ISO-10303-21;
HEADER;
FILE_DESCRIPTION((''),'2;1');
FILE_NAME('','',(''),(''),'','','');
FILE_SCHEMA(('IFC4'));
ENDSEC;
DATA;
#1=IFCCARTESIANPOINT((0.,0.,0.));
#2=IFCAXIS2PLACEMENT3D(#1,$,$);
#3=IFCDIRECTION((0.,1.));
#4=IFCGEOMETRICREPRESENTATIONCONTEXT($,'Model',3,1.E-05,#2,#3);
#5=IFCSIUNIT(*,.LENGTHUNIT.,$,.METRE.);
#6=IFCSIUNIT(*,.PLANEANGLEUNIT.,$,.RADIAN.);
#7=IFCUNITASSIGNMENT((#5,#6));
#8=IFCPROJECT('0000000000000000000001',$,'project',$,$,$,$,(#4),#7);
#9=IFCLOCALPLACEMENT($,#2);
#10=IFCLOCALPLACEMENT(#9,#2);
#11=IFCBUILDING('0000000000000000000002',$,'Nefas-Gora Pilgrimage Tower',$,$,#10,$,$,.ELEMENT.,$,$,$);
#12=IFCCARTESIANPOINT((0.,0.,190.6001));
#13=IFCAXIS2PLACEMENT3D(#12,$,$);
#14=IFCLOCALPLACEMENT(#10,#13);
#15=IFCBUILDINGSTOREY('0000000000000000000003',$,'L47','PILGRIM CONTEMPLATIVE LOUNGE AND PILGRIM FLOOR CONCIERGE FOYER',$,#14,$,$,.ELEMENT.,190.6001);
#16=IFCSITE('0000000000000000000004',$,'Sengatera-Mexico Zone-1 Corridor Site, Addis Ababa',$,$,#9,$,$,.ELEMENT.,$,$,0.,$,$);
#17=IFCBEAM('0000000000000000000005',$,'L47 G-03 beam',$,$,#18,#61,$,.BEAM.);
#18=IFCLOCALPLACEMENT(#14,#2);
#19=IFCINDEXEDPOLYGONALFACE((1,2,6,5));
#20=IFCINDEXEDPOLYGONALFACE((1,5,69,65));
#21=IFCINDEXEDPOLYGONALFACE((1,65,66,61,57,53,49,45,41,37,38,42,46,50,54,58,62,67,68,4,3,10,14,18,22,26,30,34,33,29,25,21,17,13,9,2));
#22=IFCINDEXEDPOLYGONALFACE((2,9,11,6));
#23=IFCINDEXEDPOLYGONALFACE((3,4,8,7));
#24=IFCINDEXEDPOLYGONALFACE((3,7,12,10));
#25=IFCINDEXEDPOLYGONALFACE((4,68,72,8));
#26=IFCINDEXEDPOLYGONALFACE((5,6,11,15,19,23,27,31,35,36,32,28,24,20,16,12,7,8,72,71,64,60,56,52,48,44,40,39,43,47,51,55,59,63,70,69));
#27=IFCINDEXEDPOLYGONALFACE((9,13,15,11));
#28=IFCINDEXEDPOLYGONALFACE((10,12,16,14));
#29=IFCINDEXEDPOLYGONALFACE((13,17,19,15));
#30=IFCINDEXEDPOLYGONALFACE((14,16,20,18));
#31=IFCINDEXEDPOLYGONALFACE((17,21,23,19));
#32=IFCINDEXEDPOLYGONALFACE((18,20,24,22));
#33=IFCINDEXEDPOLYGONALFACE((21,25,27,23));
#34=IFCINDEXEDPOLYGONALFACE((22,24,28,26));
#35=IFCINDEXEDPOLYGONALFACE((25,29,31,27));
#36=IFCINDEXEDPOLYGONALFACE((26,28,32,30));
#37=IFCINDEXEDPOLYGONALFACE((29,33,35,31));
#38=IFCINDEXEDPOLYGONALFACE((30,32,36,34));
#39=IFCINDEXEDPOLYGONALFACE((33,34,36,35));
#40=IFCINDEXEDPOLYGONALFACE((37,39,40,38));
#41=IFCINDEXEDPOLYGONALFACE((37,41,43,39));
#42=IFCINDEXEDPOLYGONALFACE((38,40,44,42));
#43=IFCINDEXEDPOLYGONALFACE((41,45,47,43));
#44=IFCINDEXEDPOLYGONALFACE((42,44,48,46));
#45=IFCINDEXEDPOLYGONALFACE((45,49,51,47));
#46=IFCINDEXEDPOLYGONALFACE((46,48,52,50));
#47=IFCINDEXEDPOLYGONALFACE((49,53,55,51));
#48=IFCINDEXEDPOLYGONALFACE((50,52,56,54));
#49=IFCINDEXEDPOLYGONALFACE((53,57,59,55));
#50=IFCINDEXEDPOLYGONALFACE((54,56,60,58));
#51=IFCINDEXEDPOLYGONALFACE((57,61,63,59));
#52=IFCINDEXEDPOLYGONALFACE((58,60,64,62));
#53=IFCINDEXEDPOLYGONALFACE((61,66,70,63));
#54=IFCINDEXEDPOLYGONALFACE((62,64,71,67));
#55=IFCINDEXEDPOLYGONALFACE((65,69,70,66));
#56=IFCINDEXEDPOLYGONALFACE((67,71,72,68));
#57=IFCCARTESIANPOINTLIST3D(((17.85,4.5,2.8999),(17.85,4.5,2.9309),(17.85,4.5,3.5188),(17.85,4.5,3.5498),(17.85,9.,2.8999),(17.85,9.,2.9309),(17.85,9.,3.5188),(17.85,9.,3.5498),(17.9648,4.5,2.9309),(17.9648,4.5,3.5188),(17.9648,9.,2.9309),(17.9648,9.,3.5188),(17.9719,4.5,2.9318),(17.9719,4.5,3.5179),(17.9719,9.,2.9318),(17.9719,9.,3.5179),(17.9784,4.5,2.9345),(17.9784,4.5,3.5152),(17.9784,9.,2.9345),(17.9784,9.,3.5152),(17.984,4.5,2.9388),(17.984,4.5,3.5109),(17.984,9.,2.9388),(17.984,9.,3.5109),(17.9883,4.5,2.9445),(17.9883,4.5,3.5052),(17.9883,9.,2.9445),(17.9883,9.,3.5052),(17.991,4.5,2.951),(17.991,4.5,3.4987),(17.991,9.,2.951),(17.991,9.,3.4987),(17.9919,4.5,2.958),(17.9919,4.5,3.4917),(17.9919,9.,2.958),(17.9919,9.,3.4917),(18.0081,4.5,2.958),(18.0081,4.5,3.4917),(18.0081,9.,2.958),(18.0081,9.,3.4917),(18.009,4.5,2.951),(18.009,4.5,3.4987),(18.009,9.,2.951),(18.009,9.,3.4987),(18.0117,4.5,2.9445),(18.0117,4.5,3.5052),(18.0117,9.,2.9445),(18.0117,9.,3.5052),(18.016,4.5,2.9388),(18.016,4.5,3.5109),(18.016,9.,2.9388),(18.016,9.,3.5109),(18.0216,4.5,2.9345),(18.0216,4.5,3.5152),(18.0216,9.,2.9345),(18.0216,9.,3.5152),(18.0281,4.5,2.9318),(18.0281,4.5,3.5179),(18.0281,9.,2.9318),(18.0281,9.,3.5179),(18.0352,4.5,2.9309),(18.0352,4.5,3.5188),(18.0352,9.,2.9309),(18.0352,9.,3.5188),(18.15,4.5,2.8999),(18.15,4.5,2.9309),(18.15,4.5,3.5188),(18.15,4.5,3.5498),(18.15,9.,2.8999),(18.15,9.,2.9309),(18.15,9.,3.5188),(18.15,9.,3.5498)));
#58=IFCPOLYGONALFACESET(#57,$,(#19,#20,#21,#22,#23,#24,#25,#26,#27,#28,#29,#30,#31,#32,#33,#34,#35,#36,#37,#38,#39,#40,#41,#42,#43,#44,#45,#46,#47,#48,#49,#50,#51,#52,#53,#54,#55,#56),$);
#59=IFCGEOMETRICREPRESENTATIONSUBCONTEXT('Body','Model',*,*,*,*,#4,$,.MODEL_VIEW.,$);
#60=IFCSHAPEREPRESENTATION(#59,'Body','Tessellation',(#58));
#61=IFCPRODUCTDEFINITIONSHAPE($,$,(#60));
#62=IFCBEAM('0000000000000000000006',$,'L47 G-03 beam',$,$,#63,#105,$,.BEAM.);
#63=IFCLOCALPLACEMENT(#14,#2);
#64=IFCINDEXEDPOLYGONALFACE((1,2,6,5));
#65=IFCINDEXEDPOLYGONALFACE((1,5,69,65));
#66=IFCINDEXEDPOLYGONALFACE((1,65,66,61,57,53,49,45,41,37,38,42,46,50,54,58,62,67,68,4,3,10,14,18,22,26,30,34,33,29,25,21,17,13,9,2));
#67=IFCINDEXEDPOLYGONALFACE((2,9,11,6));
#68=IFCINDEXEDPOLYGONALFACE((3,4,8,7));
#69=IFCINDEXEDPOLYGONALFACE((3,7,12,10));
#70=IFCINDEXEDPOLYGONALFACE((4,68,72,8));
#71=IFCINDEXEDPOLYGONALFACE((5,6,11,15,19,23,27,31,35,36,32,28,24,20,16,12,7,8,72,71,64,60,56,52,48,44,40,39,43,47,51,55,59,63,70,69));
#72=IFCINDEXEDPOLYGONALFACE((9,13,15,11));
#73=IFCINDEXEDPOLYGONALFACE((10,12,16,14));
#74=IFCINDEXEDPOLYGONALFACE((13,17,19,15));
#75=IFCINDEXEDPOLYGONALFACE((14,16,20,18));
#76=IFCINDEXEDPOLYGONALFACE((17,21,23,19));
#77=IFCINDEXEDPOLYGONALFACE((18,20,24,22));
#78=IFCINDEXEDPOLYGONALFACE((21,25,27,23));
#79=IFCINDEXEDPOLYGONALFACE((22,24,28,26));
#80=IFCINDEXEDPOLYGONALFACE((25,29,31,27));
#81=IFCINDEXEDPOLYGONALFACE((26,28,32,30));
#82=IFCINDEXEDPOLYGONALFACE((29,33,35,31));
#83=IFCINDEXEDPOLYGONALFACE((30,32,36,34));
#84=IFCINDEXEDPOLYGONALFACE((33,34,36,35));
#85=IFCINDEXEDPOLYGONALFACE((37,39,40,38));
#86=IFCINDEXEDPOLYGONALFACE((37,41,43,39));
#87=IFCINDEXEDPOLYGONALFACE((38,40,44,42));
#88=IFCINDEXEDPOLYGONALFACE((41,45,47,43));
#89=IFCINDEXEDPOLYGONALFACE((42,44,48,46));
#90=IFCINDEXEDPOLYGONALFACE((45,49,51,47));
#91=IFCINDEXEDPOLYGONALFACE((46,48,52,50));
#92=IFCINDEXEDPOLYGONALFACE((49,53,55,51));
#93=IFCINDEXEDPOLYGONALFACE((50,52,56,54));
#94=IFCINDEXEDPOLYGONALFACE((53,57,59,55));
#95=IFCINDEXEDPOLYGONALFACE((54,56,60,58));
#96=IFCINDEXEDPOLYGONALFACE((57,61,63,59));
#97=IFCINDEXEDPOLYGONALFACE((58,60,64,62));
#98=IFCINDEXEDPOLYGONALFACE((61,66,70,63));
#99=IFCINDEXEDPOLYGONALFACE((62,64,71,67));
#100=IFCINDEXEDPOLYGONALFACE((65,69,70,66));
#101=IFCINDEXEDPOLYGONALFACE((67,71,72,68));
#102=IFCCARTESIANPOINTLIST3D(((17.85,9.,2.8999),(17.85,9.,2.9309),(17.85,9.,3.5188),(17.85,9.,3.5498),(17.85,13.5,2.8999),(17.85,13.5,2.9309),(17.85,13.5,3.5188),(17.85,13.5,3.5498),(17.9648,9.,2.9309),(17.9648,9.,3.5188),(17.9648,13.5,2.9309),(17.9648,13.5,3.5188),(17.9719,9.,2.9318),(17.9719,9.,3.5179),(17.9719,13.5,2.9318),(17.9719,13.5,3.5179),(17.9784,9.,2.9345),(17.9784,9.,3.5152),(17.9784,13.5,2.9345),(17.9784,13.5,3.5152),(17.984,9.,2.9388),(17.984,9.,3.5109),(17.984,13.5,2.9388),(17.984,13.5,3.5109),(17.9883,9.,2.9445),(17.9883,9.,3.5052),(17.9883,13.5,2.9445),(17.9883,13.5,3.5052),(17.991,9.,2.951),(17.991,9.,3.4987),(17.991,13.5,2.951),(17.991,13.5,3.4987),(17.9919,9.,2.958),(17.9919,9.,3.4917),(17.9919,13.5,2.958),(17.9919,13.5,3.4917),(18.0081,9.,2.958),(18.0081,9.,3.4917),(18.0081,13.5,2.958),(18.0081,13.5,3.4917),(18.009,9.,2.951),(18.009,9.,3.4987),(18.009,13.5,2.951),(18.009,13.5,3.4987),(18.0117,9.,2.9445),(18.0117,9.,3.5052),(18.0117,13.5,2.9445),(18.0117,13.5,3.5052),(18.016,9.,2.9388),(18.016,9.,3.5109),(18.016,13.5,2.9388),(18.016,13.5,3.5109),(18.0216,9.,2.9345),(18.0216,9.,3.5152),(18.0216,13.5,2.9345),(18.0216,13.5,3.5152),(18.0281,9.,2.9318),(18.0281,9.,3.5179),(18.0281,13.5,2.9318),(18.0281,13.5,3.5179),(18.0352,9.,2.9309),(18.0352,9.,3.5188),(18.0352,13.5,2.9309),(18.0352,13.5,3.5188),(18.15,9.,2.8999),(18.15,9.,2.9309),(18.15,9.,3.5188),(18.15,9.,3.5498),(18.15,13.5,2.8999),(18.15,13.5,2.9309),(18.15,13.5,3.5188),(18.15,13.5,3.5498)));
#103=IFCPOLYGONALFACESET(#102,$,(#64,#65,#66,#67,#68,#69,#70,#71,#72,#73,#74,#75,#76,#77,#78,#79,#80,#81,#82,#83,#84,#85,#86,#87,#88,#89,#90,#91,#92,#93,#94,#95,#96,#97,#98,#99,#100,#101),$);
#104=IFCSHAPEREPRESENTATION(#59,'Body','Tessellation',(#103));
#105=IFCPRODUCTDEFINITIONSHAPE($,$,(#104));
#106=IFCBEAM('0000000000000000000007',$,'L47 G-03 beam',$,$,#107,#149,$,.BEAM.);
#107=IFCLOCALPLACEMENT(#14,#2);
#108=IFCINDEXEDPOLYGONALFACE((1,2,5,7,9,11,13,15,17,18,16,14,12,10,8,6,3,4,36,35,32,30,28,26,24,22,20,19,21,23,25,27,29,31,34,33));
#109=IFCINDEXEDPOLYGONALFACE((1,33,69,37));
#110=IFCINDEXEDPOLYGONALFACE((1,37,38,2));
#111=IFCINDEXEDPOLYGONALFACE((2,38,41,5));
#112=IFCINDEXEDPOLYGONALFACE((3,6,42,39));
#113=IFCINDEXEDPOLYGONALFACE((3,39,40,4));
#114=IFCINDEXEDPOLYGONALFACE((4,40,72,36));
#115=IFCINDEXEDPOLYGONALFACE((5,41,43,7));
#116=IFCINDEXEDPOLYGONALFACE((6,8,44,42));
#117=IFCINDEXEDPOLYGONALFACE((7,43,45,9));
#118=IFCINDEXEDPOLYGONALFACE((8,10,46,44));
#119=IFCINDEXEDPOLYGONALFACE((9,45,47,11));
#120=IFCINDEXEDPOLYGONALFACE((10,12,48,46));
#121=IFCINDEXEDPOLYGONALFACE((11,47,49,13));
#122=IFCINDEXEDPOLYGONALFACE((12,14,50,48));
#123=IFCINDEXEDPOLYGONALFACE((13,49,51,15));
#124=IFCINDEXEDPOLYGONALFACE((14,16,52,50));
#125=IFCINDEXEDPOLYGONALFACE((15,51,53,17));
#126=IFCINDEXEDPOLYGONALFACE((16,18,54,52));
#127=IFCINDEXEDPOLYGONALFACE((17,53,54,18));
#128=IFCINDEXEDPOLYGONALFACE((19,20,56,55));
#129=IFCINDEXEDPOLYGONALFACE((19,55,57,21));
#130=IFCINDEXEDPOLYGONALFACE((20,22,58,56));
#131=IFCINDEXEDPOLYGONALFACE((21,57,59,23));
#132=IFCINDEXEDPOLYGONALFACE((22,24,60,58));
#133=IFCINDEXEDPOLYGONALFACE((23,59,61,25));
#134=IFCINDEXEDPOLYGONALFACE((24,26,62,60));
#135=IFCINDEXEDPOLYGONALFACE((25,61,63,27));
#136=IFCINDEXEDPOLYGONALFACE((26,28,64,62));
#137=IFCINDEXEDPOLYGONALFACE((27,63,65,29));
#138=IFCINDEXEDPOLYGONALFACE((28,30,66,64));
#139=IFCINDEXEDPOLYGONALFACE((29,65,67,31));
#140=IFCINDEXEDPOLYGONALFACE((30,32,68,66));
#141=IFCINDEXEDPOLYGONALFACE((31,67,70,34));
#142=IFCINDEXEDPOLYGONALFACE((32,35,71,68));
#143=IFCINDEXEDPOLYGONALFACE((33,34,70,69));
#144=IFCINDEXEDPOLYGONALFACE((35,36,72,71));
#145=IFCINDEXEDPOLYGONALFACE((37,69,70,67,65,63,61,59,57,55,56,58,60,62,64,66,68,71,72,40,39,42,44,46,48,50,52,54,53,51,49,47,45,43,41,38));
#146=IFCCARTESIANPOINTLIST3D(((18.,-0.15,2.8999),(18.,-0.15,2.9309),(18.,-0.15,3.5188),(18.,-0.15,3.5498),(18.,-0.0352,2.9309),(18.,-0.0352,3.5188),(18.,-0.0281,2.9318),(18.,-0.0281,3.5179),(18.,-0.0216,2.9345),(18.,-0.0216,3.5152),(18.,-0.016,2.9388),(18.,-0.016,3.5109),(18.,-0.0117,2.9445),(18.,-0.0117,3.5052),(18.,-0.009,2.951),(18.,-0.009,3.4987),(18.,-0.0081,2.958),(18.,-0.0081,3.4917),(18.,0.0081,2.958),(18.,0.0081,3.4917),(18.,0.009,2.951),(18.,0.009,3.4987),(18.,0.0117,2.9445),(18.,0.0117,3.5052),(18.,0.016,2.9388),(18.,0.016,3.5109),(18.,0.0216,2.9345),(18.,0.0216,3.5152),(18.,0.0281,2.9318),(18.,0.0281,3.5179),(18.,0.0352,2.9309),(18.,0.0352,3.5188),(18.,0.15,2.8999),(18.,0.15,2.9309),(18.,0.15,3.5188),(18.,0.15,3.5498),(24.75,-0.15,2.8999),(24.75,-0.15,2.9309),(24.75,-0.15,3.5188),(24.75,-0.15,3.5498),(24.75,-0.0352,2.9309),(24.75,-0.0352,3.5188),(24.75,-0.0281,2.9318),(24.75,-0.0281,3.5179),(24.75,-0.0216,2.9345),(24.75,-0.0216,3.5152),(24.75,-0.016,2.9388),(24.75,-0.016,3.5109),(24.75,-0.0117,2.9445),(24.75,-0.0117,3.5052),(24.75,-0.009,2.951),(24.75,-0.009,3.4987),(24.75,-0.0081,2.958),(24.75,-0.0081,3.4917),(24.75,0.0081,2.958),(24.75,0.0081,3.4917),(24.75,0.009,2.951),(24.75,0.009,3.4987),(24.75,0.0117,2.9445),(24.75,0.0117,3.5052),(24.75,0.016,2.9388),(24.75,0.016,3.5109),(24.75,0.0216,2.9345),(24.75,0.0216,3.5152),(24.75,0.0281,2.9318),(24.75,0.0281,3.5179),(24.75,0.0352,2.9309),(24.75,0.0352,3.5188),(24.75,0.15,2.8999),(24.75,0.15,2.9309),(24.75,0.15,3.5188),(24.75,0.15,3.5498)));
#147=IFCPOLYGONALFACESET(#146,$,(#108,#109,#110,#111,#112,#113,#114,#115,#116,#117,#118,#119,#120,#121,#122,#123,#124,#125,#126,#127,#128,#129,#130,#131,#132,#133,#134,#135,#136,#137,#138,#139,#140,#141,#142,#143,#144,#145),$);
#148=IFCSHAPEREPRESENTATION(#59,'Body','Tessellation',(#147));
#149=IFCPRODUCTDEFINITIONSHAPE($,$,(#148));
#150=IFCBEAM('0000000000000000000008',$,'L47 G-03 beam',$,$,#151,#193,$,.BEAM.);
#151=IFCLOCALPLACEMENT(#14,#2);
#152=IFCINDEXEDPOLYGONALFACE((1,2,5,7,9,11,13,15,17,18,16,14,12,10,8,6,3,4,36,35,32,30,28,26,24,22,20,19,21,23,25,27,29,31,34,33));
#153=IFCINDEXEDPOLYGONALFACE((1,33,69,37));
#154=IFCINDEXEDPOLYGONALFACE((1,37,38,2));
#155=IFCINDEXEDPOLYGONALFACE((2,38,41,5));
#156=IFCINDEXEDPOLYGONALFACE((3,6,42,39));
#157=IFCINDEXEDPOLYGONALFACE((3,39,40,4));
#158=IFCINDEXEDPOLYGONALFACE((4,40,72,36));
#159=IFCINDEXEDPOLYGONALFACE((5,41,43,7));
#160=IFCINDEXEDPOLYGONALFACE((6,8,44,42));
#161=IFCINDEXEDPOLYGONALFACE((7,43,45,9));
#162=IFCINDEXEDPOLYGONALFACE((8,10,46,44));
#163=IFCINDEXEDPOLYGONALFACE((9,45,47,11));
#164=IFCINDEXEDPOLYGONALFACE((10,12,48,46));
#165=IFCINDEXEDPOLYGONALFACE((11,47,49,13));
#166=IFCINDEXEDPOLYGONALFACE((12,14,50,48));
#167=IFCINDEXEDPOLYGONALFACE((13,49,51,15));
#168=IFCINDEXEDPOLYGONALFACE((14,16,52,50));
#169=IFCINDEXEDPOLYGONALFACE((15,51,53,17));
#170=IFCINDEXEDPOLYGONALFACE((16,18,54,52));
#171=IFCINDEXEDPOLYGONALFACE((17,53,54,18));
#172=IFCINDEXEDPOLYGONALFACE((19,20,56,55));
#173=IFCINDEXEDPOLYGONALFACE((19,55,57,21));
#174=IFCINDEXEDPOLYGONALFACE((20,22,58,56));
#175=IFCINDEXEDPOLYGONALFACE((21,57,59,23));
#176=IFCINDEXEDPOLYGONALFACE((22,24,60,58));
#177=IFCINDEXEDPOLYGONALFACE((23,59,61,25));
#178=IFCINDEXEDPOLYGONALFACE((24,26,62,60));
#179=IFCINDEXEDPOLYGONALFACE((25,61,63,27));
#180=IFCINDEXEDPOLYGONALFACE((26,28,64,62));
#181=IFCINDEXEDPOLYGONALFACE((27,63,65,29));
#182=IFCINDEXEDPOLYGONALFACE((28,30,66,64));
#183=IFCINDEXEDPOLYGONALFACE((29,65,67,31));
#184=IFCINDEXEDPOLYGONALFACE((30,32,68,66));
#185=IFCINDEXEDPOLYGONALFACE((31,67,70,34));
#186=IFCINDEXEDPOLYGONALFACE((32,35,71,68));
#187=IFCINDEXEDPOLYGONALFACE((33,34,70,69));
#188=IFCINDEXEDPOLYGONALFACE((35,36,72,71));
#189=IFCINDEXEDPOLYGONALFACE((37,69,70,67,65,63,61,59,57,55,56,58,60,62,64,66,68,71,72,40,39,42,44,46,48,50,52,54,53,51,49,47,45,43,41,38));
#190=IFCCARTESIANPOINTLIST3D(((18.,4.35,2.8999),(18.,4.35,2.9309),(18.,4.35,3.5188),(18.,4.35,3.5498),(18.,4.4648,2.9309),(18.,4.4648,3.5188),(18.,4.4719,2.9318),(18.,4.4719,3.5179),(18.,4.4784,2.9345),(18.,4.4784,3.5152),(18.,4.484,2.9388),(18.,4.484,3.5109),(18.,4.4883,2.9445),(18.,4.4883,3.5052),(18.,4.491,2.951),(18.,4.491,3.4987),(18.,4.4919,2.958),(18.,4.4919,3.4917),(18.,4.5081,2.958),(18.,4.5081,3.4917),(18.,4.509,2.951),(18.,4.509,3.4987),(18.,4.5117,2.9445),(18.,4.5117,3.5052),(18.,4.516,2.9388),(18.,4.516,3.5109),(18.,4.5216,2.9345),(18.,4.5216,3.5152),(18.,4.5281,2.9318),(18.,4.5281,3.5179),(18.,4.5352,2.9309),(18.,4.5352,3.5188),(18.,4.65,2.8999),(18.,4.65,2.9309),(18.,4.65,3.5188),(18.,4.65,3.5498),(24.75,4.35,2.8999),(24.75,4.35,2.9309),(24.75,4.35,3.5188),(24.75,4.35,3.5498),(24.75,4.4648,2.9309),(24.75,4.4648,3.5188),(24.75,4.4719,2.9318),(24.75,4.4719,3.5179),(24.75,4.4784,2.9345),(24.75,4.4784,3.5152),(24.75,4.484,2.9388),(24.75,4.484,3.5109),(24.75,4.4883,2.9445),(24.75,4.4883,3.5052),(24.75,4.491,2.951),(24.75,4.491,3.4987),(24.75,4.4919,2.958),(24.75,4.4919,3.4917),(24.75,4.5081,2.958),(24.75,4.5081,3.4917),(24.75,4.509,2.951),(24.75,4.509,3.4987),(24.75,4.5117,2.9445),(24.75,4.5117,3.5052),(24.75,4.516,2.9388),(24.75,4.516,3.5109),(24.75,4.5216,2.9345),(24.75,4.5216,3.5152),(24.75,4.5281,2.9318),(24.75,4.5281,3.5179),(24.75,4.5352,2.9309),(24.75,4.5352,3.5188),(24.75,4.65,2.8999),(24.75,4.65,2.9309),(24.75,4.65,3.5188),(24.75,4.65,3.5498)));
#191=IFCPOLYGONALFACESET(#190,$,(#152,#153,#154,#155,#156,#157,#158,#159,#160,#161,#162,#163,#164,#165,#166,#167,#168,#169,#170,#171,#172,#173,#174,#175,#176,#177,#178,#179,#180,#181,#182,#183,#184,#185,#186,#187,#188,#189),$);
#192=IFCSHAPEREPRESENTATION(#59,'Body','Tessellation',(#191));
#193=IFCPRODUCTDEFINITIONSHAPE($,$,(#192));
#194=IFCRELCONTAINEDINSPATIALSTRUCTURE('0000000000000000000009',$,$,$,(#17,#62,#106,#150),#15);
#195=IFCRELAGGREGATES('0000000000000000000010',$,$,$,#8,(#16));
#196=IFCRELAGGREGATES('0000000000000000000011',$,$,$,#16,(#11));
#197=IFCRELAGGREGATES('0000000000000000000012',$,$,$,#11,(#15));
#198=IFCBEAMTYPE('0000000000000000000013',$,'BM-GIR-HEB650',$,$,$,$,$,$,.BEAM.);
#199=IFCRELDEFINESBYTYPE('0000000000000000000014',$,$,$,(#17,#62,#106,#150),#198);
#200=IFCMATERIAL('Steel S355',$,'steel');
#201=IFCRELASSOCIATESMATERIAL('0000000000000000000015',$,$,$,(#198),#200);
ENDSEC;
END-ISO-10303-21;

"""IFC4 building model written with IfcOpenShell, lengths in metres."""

from ifc_helpers import new_model, si_unit, direction, frame, origin, origin_2d, place, context, subcontext, project, spatial, i_section, extrude, source, transform, mapped, material, material_profile, profile_set, type_object, element, save


model = new_model("IFC4")

# Units and contexts
model_context = context("Model", 3, precision=1e-05, world=origin(), true_north=direction((0.0, 1.0)))
body_context = subcontext(model_context, "Body", "Model", "MODEL_VIEW")
ifc_project = project(units=[si_unit("LENGTHUNIT", "METRE"), si_unit("PLANEANGLEUNIT", "RADIAN")], contexts=[model_context])

# Site, building, storey
site_placement = place(None, origin())
site = spatial("IfcSite", under=ifc_project, at=site_placement, Name="Sengatera-Mexico Zone-1 Corridor Site, Addis Ababa", CompositionType="ELEMENT", RefElevation=0.0)
building_placement = place(site_placement, origin())
building = spatial("IfcBuilding", under=site, at=building_placement, Name="Nefas-Gora Pilgrimage Tower", CompositionType="ELEMENT")
storey_placement = place(building_placement, frame((0.0, 0.0, 190.6001)))
storey = spatial("IfcBuildingStorey", under=building, at=storey_placement, Name="L47", Description="PILGRIM CONTEMPLATIVE LOUNGE AND PILGRIM FLOOR CONCIERGE FOYER", CompositionType="ELEMENT", Elevation=190.6001)

# Beams
ifc_material_1 = material(Name="Steel S355", Category="steel")
ifc_material_profile_1 = material_profile(ifc_material_1, i_section(OverallWidth=0.3, OverallDepth=0.6499, WebThickness=0.0161, FlangeThickness=0.031, FilletRadius=0.0271, at=origin_2d()), Name="HEB 650")
ifc_profile_set_1 = profile_set([ifc_material_profile_1], Name="Steel S355")
beam_type_1 = type_object("IfcBeamType", Name="BM-GIR-HEB650", PredefinedType="BEAM", material=ifc_profile_set_1)
shared_shape_1 = source(origin(), body_context, "Body", "SweptSolid", [
    extrude(i_section(OverallWidth=0.3, OverallDepth=0.6499, WebThickness=0.0161, FlangeThickness=0.031, FilletRadius=0.0271, at=origin_2d()), origin(), (0.0, 0.0, 1.0), 4.5),
])
for number, where, z_axis, x_axis, name in (
    (1, (18.0, 4.5, 3.2249), (0.0, 1.0, 0.0), (-1.0, 0.0, 0.0), "L47 G-03 beam"),
    (2, (18.0, 9.0, 3.2249), (0.0, 1.0, 0.0), (-1.0, 0.0, 0.0), "L47 G-03 beam"),
):
    element("IfcBeam", number, at=place(storey_placement, frame(where, z_axis=z_axis, x_axis=x_axis)), inside=storey, type_object=beam_type_1, Name=name, PredefinedType="BEAM", context=body_context, shape_type="MappedRepresentation", body=[
        mapped(shared_shape_1, transform((0.0, 0.0, 0.0), x_axis=(1.0, 0.0, 0.0), y_axis=(0.0, 1.0, 0.0), z_axis=(0.0, 0.0, 1.0), scale=1.0)),
    ])
shared_shape_2 = source(origin(), body_context, "Body", "SweptSolid", [
    extrude(i_section(OverallWidth=0.3, OverallDepth=0.6499, WebThickness=0.0161, FlangeThickness=0.031, FilletRadius=0.0271, at=origin_2d()), origin(), (0.0, 0.0, 1.0), 6.75),
])
for number, where, z_axis, x_axis, name in (
    (3, (18.0, 0.0, 3.2249), (1.0, 0.0, 0.0), (0.0, 1.0, 0.0), "L47 G-03 beam"),
    (4, (18.0, 4.5, 3.2249), (1.0, 0.0, 0.0), (0.0, 1.0, 0.0), "L47 G-03 beam"),
):
    element("IfcBeam", number, at=place(storey_placement, frame(where, z_axis=z_axis, x_axis=x_axis)), inside=storey, type_object=beam_type_1, Name=name, PredefinedType="BEAM", context=body_context, shape_type="MappedRepresentation", body=[
        mapped(shared_shape_2, transform((0.0, 0.0, 0.0), x_axis=(1.0, 0.0, 0.0), y_axis=(0.0, 1.0, 0.0), z_axis=(0.0, 0.0, 1.0), scale=1.0)),
    ])

save(model, "model.ifc")
